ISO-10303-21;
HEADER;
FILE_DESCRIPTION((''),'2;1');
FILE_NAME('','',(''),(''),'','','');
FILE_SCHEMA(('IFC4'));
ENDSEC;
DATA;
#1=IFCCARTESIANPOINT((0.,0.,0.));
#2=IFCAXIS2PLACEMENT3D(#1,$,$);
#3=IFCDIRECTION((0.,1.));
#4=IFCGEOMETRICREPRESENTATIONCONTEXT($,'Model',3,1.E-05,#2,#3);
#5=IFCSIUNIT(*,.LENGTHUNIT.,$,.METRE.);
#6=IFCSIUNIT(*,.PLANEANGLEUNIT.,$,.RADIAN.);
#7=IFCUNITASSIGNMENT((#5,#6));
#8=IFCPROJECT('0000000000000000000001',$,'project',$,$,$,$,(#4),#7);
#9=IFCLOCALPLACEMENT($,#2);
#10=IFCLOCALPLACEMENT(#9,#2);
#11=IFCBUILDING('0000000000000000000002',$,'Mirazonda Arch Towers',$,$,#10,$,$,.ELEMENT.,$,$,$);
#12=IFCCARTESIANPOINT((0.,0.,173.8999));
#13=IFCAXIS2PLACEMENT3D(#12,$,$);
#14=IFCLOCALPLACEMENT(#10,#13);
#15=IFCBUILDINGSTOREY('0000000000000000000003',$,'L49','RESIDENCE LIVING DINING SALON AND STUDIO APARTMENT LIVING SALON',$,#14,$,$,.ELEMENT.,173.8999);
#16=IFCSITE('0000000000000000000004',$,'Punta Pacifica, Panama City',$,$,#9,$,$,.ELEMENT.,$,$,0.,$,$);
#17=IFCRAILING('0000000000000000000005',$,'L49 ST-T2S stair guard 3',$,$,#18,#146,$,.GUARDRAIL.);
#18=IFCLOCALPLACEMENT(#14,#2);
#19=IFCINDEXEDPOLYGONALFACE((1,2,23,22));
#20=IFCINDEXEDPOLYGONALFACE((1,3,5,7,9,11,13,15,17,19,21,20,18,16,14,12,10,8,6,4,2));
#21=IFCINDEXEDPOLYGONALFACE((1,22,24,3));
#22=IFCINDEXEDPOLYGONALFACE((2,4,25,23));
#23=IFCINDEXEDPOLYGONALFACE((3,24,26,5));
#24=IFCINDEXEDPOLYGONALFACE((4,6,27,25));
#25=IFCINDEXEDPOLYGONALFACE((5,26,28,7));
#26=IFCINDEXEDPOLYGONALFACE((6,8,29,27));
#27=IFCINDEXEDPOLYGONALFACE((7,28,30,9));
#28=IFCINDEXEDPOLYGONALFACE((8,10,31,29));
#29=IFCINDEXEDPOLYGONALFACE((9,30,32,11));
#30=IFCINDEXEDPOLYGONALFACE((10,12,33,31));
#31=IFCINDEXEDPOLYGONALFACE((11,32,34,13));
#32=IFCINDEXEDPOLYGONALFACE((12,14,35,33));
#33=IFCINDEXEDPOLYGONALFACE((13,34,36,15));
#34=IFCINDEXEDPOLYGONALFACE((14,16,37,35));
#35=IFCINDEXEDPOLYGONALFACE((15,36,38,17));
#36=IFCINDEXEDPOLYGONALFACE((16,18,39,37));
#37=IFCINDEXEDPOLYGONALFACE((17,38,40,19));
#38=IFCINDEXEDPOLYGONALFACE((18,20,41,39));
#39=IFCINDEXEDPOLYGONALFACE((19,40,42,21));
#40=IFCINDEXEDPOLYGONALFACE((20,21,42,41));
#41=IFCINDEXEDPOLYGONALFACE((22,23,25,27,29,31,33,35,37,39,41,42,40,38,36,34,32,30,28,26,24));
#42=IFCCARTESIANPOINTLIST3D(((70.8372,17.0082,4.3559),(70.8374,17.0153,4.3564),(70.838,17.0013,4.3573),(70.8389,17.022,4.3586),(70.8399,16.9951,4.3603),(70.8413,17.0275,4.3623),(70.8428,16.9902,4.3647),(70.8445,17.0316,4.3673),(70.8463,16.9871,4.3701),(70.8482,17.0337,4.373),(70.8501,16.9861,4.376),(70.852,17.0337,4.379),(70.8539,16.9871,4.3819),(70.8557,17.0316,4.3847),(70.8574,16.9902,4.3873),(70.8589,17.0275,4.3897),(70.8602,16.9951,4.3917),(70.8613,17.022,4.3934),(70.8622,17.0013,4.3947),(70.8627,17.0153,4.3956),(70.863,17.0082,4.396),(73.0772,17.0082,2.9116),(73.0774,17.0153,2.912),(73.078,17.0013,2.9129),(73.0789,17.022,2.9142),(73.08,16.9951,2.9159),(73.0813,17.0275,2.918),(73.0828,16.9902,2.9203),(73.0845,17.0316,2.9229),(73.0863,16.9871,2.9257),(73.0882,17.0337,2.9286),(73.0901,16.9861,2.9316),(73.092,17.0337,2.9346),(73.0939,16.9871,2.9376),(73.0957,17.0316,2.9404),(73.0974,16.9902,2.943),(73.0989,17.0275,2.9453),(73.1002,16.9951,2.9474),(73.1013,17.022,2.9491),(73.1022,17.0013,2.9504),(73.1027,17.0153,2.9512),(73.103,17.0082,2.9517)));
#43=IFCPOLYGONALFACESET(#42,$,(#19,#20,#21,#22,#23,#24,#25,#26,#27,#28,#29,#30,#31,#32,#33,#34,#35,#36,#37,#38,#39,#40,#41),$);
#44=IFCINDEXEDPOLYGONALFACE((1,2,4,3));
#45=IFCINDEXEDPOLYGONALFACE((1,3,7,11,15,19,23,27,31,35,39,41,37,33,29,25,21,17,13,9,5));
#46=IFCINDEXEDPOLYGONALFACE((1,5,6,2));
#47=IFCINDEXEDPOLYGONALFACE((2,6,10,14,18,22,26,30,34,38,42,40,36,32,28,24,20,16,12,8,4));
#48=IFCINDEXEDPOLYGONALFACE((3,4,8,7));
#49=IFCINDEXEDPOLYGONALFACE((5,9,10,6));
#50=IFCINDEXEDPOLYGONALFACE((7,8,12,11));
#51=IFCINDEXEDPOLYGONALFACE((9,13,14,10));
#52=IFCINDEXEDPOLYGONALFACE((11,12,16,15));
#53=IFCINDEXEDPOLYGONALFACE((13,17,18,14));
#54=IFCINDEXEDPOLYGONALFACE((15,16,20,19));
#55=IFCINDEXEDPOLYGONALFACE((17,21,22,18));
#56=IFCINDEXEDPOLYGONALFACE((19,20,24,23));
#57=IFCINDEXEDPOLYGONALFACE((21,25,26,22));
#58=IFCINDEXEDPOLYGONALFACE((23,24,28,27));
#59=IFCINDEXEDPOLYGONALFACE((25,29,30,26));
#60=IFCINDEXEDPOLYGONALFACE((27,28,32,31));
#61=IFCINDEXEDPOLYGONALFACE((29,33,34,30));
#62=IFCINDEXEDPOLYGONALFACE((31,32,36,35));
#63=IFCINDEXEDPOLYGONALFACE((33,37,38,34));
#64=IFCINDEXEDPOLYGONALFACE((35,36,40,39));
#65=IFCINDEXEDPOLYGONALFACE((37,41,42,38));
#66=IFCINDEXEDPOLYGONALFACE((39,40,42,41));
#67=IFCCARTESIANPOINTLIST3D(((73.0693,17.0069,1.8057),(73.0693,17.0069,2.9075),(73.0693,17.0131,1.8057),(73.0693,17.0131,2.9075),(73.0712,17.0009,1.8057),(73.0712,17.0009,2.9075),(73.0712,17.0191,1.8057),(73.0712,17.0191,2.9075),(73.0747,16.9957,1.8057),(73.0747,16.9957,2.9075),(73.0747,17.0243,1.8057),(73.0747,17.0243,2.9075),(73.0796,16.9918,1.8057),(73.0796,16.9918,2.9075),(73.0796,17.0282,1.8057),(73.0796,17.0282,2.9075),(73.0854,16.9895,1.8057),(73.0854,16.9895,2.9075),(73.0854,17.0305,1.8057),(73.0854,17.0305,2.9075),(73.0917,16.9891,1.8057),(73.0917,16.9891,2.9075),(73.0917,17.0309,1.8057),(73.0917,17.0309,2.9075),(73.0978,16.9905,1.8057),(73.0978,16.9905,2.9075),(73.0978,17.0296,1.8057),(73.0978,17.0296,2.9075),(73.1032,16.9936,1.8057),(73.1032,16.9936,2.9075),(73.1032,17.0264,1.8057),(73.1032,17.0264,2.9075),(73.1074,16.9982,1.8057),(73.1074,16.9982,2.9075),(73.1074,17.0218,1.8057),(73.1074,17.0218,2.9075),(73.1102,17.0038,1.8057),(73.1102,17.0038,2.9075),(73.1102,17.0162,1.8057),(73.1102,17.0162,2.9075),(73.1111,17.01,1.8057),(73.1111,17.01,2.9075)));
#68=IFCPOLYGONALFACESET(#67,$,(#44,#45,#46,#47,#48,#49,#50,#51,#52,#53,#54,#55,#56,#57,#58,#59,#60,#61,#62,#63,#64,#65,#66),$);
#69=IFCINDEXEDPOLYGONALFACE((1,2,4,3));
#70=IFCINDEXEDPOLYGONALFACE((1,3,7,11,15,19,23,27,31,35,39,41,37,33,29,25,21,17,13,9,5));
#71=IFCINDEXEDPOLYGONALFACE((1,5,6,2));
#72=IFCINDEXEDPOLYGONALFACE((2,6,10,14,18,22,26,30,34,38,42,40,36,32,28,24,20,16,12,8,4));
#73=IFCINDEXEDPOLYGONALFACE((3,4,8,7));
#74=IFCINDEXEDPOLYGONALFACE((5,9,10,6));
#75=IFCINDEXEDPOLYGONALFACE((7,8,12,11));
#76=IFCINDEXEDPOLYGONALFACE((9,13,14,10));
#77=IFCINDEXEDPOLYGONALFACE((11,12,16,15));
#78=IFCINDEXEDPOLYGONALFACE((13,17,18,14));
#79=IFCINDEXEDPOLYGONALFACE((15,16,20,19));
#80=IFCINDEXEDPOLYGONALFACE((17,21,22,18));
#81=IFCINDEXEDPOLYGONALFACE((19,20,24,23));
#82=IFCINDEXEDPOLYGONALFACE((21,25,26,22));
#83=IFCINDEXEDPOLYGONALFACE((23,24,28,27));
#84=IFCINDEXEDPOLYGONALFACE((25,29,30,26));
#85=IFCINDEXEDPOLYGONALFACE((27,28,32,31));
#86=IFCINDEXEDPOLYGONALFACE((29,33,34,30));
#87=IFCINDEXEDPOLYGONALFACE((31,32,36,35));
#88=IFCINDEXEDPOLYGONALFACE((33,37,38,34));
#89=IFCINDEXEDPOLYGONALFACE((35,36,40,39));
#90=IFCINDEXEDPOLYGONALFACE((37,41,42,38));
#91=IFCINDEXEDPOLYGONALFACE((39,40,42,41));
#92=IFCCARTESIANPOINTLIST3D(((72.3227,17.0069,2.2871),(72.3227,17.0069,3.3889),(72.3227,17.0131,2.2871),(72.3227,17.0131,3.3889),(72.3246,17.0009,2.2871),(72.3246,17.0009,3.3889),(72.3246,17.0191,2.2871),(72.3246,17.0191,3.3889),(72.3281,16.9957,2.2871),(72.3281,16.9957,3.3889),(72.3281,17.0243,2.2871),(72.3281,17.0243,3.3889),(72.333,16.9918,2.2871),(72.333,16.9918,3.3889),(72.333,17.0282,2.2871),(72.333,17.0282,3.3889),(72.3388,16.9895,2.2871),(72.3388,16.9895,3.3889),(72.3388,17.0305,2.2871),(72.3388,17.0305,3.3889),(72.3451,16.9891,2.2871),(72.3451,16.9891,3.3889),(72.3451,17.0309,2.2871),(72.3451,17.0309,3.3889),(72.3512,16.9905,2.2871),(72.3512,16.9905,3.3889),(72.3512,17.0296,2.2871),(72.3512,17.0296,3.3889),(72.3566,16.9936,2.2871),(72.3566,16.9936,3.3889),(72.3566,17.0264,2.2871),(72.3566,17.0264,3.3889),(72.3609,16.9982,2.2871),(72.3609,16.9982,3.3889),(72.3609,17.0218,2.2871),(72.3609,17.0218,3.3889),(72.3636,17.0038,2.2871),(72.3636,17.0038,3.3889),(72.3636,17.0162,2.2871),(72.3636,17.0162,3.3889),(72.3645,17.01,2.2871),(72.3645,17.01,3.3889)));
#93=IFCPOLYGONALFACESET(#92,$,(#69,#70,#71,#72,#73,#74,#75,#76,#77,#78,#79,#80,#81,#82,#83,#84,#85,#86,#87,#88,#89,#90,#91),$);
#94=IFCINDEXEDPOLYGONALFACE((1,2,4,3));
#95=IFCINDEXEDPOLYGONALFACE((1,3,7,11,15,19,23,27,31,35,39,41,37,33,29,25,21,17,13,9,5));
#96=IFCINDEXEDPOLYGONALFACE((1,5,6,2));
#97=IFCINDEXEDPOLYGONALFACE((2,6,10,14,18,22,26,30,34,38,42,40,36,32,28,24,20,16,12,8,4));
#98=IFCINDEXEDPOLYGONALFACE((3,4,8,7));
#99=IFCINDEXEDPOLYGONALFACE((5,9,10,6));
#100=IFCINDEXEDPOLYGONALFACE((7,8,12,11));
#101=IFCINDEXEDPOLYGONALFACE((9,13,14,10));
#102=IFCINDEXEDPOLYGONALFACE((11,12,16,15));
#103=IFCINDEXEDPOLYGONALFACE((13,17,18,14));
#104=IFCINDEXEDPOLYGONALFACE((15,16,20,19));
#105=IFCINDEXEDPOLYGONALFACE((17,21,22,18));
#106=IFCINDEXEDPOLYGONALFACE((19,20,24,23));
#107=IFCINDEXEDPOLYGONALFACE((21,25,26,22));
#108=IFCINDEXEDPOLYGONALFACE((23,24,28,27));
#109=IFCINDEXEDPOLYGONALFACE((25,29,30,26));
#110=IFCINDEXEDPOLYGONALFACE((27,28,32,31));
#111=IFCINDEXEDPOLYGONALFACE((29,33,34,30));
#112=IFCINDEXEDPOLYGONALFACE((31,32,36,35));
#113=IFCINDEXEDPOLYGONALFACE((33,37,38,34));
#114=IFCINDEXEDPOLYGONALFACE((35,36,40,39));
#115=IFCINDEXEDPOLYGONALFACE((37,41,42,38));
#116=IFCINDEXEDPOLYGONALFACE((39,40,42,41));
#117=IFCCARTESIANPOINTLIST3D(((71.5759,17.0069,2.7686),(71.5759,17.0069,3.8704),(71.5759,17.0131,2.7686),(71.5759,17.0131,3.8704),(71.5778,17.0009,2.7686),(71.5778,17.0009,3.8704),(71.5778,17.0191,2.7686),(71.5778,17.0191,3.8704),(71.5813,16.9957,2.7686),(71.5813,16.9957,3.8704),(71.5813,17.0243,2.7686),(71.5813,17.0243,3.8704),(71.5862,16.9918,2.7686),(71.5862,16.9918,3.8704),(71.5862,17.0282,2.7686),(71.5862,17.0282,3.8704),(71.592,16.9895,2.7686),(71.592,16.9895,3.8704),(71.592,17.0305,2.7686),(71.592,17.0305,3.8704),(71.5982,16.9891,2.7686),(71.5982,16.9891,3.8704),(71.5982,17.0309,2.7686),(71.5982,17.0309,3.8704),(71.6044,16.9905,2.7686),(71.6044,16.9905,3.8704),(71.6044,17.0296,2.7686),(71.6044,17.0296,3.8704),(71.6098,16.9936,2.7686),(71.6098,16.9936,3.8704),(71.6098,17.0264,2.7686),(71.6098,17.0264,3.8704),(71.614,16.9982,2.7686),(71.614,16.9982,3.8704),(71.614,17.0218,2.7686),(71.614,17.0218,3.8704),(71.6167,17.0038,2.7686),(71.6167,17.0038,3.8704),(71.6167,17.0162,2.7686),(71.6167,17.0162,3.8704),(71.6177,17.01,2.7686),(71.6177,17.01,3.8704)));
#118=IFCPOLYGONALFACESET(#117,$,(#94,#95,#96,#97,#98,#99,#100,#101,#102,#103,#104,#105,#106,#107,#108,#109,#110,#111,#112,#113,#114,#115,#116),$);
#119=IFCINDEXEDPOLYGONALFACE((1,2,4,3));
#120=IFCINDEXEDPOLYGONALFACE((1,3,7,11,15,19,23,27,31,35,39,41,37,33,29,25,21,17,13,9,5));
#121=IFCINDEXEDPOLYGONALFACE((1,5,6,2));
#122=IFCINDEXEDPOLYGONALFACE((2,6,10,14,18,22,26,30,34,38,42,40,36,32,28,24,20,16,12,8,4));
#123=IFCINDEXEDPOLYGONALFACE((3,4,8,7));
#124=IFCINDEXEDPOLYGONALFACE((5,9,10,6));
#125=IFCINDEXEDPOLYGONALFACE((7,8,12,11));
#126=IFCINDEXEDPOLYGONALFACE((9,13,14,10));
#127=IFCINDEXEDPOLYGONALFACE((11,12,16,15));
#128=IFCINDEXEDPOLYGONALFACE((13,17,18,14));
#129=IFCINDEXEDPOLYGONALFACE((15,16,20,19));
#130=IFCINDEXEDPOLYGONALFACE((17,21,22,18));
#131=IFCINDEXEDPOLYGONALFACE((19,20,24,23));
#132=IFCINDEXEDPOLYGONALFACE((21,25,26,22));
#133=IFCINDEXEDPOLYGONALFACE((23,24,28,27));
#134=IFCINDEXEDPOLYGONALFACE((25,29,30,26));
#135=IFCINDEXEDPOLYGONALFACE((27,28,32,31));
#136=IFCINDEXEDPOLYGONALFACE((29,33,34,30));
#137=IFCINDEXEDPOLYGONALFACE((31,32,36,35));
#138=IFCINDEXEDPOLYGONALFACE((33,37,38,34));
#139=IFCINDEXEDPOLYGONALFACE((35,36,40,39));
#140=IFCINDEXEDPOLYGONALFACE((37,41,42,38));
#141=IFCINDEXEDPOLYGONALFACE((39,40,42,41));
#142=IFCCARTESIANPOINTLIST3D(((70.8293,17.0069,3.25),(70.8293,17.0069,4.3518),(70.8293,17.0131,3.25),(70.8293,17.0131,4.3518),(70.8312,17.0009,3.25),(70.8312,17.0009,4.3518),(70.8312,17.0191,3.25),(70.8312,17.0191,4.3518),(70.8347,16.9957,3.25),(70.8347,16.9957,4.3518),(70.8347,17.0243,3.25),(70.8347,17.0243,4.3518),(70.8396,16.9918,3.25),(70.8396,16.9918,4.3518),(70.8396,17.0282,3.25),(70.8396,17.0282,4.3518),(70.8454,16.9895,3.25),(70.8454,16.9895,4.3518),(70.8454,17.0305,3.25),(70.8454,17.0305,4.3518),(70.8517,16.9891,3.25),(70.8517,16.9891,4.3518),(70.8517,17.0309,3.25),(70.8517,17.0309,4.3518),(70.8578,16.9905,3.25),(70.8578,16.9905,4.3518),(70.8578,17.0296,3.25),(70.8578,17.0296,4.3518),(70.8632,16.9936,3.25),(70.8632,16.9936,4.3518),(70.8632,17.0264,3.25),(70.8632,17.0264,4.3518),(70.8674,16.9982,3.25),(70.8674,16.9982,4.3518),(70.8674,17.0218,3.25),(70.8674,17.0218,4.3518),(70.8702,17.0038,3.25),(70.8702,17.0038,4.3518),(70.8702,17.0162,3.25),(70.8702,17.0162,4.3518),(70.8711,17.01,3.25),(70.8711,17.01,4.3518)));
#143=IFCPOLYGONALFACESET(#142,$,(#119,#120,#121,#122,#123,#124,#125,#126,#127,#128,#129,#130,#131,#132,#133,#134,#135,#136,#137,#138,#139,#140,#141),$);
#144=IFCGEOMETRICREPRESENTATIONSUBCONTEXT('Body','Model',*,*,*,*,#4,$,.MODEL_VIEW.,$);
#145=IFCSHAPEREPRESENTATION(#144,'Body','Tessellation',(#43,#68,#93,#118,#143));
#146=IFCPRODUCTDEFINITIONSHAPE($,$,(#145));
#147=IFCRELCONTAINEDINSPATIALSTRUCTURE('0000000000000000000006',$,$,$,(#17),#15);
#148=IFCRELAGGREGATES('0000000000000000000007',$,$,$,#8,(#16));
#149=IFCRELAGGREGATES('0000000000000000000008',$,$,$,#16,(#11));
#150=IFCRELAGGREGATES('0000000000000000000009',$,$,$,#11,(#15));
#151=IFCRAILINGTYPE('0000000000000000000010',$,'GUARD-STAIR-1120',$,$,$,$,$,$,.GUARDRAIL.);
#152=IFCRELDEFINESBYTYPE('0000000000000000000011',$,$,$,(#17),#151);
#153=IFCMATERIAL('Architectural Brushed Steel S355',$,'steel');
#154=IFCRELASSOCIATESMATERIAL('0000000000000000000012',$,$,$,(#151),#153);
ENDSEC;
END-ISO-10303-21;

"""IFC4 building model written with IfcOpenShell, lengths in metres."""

from ifc_helpers import new_model, si_unit, direction, frame, origin, origin_2d, place, context, subcontext, project, spatial, circle, extrude, material, type_object, element, save


model = new_model("IFC4")

# Units and contexts
model_context = context("Model", 3, precision=1e-05, world=origin(), true_north=direction((0.0, 1.0)))
body_context = subcontext(model_context, "Body", "Model", "MODEL_VIEW")
ifc_project = project(units=[si_unit("LENGTHUNIT", "METRE"), si_unit("PLANEANGLEUNIT", "RADIAN")], contexts=[model_context])

# Site, building, storey
site_placement = place(None, origin())
site = spatial("IfcSite", under=ifc_project, at=site_placement, Name="Punta Pacifica, Panama City", CompositionType="ELEMENT", RefElevation=0.0)
building_placement = place(site_placement, origin())
building = spatial("IfcBuilding", under=site, at=building_placement, Name="Mirazonda Arch Towers", CompositionType="ELEMENT")
storey_placement = place(building_placement, frame((0.0, 0.0, 173.8999)))
storey = spatial("IfcBuildingStorey", under=building, at=storey_placement, Name="L49", Description="RESIDENCE LIVING DINING SALON AND STUDIO APARTMENT LIVING SALON", CompositionType="ELEMENT", Elevation=173.8999)

# Shared definitions
ifc_material_1 = material(Name="Architectural Brushed Steel S355", Category="steel")

# Railing
railing_type_1 = type_object("IfcRailingType", Name="GUARD-STAIR-1120", PredefinedType="GUARDRAIL", material=ifc_material_1)
railing_1_placement = place(storey_placement, frame((73.0901, 17.01, 1.8057)))
element("IfcRailing", 1, at=railing_1_placement, inside=storey, type_object=railing_type_1, Name="L49 ST-T2S stair guard 3", PredefinedType="GUARDRAIL", context=body_context, shape_type="SweptSolid", body=[
    extrude(circle(Radius=0.0239, at=origin_2d()), frame((0.0, 0.0, 1.126), z_axis=(-0.840437, 0.0, 0.54191), x_axis=(0.0, -1.0, 0.0)), (0.0, 0.0, 1.0), 2.6653),
    extrude(circle(Radius=0.021, at=origin_2d()), origin(), (0.0, 0.0, 1.0), 1.1018),
    extrude(circle(Radius=0.021, at=origin_2d()), frame((-0.7466, 0.0, 0.4814)), (0.0, 0.0, 1.0), 1.1018),
    extrude(circle(Radius=0.021, at=origin_2d()), frame((-1.4934, 0.0, 0.9629)), (0.0, 0.0, 1.0), 1.1018),
    extrude(circle(Radius=0.021, at=origin_2d()), frame((-2.24, 0.0, 1.4443)), (0.0, 0.0, 1.0), 1.1018),
])

save(model, "model.ifc")
